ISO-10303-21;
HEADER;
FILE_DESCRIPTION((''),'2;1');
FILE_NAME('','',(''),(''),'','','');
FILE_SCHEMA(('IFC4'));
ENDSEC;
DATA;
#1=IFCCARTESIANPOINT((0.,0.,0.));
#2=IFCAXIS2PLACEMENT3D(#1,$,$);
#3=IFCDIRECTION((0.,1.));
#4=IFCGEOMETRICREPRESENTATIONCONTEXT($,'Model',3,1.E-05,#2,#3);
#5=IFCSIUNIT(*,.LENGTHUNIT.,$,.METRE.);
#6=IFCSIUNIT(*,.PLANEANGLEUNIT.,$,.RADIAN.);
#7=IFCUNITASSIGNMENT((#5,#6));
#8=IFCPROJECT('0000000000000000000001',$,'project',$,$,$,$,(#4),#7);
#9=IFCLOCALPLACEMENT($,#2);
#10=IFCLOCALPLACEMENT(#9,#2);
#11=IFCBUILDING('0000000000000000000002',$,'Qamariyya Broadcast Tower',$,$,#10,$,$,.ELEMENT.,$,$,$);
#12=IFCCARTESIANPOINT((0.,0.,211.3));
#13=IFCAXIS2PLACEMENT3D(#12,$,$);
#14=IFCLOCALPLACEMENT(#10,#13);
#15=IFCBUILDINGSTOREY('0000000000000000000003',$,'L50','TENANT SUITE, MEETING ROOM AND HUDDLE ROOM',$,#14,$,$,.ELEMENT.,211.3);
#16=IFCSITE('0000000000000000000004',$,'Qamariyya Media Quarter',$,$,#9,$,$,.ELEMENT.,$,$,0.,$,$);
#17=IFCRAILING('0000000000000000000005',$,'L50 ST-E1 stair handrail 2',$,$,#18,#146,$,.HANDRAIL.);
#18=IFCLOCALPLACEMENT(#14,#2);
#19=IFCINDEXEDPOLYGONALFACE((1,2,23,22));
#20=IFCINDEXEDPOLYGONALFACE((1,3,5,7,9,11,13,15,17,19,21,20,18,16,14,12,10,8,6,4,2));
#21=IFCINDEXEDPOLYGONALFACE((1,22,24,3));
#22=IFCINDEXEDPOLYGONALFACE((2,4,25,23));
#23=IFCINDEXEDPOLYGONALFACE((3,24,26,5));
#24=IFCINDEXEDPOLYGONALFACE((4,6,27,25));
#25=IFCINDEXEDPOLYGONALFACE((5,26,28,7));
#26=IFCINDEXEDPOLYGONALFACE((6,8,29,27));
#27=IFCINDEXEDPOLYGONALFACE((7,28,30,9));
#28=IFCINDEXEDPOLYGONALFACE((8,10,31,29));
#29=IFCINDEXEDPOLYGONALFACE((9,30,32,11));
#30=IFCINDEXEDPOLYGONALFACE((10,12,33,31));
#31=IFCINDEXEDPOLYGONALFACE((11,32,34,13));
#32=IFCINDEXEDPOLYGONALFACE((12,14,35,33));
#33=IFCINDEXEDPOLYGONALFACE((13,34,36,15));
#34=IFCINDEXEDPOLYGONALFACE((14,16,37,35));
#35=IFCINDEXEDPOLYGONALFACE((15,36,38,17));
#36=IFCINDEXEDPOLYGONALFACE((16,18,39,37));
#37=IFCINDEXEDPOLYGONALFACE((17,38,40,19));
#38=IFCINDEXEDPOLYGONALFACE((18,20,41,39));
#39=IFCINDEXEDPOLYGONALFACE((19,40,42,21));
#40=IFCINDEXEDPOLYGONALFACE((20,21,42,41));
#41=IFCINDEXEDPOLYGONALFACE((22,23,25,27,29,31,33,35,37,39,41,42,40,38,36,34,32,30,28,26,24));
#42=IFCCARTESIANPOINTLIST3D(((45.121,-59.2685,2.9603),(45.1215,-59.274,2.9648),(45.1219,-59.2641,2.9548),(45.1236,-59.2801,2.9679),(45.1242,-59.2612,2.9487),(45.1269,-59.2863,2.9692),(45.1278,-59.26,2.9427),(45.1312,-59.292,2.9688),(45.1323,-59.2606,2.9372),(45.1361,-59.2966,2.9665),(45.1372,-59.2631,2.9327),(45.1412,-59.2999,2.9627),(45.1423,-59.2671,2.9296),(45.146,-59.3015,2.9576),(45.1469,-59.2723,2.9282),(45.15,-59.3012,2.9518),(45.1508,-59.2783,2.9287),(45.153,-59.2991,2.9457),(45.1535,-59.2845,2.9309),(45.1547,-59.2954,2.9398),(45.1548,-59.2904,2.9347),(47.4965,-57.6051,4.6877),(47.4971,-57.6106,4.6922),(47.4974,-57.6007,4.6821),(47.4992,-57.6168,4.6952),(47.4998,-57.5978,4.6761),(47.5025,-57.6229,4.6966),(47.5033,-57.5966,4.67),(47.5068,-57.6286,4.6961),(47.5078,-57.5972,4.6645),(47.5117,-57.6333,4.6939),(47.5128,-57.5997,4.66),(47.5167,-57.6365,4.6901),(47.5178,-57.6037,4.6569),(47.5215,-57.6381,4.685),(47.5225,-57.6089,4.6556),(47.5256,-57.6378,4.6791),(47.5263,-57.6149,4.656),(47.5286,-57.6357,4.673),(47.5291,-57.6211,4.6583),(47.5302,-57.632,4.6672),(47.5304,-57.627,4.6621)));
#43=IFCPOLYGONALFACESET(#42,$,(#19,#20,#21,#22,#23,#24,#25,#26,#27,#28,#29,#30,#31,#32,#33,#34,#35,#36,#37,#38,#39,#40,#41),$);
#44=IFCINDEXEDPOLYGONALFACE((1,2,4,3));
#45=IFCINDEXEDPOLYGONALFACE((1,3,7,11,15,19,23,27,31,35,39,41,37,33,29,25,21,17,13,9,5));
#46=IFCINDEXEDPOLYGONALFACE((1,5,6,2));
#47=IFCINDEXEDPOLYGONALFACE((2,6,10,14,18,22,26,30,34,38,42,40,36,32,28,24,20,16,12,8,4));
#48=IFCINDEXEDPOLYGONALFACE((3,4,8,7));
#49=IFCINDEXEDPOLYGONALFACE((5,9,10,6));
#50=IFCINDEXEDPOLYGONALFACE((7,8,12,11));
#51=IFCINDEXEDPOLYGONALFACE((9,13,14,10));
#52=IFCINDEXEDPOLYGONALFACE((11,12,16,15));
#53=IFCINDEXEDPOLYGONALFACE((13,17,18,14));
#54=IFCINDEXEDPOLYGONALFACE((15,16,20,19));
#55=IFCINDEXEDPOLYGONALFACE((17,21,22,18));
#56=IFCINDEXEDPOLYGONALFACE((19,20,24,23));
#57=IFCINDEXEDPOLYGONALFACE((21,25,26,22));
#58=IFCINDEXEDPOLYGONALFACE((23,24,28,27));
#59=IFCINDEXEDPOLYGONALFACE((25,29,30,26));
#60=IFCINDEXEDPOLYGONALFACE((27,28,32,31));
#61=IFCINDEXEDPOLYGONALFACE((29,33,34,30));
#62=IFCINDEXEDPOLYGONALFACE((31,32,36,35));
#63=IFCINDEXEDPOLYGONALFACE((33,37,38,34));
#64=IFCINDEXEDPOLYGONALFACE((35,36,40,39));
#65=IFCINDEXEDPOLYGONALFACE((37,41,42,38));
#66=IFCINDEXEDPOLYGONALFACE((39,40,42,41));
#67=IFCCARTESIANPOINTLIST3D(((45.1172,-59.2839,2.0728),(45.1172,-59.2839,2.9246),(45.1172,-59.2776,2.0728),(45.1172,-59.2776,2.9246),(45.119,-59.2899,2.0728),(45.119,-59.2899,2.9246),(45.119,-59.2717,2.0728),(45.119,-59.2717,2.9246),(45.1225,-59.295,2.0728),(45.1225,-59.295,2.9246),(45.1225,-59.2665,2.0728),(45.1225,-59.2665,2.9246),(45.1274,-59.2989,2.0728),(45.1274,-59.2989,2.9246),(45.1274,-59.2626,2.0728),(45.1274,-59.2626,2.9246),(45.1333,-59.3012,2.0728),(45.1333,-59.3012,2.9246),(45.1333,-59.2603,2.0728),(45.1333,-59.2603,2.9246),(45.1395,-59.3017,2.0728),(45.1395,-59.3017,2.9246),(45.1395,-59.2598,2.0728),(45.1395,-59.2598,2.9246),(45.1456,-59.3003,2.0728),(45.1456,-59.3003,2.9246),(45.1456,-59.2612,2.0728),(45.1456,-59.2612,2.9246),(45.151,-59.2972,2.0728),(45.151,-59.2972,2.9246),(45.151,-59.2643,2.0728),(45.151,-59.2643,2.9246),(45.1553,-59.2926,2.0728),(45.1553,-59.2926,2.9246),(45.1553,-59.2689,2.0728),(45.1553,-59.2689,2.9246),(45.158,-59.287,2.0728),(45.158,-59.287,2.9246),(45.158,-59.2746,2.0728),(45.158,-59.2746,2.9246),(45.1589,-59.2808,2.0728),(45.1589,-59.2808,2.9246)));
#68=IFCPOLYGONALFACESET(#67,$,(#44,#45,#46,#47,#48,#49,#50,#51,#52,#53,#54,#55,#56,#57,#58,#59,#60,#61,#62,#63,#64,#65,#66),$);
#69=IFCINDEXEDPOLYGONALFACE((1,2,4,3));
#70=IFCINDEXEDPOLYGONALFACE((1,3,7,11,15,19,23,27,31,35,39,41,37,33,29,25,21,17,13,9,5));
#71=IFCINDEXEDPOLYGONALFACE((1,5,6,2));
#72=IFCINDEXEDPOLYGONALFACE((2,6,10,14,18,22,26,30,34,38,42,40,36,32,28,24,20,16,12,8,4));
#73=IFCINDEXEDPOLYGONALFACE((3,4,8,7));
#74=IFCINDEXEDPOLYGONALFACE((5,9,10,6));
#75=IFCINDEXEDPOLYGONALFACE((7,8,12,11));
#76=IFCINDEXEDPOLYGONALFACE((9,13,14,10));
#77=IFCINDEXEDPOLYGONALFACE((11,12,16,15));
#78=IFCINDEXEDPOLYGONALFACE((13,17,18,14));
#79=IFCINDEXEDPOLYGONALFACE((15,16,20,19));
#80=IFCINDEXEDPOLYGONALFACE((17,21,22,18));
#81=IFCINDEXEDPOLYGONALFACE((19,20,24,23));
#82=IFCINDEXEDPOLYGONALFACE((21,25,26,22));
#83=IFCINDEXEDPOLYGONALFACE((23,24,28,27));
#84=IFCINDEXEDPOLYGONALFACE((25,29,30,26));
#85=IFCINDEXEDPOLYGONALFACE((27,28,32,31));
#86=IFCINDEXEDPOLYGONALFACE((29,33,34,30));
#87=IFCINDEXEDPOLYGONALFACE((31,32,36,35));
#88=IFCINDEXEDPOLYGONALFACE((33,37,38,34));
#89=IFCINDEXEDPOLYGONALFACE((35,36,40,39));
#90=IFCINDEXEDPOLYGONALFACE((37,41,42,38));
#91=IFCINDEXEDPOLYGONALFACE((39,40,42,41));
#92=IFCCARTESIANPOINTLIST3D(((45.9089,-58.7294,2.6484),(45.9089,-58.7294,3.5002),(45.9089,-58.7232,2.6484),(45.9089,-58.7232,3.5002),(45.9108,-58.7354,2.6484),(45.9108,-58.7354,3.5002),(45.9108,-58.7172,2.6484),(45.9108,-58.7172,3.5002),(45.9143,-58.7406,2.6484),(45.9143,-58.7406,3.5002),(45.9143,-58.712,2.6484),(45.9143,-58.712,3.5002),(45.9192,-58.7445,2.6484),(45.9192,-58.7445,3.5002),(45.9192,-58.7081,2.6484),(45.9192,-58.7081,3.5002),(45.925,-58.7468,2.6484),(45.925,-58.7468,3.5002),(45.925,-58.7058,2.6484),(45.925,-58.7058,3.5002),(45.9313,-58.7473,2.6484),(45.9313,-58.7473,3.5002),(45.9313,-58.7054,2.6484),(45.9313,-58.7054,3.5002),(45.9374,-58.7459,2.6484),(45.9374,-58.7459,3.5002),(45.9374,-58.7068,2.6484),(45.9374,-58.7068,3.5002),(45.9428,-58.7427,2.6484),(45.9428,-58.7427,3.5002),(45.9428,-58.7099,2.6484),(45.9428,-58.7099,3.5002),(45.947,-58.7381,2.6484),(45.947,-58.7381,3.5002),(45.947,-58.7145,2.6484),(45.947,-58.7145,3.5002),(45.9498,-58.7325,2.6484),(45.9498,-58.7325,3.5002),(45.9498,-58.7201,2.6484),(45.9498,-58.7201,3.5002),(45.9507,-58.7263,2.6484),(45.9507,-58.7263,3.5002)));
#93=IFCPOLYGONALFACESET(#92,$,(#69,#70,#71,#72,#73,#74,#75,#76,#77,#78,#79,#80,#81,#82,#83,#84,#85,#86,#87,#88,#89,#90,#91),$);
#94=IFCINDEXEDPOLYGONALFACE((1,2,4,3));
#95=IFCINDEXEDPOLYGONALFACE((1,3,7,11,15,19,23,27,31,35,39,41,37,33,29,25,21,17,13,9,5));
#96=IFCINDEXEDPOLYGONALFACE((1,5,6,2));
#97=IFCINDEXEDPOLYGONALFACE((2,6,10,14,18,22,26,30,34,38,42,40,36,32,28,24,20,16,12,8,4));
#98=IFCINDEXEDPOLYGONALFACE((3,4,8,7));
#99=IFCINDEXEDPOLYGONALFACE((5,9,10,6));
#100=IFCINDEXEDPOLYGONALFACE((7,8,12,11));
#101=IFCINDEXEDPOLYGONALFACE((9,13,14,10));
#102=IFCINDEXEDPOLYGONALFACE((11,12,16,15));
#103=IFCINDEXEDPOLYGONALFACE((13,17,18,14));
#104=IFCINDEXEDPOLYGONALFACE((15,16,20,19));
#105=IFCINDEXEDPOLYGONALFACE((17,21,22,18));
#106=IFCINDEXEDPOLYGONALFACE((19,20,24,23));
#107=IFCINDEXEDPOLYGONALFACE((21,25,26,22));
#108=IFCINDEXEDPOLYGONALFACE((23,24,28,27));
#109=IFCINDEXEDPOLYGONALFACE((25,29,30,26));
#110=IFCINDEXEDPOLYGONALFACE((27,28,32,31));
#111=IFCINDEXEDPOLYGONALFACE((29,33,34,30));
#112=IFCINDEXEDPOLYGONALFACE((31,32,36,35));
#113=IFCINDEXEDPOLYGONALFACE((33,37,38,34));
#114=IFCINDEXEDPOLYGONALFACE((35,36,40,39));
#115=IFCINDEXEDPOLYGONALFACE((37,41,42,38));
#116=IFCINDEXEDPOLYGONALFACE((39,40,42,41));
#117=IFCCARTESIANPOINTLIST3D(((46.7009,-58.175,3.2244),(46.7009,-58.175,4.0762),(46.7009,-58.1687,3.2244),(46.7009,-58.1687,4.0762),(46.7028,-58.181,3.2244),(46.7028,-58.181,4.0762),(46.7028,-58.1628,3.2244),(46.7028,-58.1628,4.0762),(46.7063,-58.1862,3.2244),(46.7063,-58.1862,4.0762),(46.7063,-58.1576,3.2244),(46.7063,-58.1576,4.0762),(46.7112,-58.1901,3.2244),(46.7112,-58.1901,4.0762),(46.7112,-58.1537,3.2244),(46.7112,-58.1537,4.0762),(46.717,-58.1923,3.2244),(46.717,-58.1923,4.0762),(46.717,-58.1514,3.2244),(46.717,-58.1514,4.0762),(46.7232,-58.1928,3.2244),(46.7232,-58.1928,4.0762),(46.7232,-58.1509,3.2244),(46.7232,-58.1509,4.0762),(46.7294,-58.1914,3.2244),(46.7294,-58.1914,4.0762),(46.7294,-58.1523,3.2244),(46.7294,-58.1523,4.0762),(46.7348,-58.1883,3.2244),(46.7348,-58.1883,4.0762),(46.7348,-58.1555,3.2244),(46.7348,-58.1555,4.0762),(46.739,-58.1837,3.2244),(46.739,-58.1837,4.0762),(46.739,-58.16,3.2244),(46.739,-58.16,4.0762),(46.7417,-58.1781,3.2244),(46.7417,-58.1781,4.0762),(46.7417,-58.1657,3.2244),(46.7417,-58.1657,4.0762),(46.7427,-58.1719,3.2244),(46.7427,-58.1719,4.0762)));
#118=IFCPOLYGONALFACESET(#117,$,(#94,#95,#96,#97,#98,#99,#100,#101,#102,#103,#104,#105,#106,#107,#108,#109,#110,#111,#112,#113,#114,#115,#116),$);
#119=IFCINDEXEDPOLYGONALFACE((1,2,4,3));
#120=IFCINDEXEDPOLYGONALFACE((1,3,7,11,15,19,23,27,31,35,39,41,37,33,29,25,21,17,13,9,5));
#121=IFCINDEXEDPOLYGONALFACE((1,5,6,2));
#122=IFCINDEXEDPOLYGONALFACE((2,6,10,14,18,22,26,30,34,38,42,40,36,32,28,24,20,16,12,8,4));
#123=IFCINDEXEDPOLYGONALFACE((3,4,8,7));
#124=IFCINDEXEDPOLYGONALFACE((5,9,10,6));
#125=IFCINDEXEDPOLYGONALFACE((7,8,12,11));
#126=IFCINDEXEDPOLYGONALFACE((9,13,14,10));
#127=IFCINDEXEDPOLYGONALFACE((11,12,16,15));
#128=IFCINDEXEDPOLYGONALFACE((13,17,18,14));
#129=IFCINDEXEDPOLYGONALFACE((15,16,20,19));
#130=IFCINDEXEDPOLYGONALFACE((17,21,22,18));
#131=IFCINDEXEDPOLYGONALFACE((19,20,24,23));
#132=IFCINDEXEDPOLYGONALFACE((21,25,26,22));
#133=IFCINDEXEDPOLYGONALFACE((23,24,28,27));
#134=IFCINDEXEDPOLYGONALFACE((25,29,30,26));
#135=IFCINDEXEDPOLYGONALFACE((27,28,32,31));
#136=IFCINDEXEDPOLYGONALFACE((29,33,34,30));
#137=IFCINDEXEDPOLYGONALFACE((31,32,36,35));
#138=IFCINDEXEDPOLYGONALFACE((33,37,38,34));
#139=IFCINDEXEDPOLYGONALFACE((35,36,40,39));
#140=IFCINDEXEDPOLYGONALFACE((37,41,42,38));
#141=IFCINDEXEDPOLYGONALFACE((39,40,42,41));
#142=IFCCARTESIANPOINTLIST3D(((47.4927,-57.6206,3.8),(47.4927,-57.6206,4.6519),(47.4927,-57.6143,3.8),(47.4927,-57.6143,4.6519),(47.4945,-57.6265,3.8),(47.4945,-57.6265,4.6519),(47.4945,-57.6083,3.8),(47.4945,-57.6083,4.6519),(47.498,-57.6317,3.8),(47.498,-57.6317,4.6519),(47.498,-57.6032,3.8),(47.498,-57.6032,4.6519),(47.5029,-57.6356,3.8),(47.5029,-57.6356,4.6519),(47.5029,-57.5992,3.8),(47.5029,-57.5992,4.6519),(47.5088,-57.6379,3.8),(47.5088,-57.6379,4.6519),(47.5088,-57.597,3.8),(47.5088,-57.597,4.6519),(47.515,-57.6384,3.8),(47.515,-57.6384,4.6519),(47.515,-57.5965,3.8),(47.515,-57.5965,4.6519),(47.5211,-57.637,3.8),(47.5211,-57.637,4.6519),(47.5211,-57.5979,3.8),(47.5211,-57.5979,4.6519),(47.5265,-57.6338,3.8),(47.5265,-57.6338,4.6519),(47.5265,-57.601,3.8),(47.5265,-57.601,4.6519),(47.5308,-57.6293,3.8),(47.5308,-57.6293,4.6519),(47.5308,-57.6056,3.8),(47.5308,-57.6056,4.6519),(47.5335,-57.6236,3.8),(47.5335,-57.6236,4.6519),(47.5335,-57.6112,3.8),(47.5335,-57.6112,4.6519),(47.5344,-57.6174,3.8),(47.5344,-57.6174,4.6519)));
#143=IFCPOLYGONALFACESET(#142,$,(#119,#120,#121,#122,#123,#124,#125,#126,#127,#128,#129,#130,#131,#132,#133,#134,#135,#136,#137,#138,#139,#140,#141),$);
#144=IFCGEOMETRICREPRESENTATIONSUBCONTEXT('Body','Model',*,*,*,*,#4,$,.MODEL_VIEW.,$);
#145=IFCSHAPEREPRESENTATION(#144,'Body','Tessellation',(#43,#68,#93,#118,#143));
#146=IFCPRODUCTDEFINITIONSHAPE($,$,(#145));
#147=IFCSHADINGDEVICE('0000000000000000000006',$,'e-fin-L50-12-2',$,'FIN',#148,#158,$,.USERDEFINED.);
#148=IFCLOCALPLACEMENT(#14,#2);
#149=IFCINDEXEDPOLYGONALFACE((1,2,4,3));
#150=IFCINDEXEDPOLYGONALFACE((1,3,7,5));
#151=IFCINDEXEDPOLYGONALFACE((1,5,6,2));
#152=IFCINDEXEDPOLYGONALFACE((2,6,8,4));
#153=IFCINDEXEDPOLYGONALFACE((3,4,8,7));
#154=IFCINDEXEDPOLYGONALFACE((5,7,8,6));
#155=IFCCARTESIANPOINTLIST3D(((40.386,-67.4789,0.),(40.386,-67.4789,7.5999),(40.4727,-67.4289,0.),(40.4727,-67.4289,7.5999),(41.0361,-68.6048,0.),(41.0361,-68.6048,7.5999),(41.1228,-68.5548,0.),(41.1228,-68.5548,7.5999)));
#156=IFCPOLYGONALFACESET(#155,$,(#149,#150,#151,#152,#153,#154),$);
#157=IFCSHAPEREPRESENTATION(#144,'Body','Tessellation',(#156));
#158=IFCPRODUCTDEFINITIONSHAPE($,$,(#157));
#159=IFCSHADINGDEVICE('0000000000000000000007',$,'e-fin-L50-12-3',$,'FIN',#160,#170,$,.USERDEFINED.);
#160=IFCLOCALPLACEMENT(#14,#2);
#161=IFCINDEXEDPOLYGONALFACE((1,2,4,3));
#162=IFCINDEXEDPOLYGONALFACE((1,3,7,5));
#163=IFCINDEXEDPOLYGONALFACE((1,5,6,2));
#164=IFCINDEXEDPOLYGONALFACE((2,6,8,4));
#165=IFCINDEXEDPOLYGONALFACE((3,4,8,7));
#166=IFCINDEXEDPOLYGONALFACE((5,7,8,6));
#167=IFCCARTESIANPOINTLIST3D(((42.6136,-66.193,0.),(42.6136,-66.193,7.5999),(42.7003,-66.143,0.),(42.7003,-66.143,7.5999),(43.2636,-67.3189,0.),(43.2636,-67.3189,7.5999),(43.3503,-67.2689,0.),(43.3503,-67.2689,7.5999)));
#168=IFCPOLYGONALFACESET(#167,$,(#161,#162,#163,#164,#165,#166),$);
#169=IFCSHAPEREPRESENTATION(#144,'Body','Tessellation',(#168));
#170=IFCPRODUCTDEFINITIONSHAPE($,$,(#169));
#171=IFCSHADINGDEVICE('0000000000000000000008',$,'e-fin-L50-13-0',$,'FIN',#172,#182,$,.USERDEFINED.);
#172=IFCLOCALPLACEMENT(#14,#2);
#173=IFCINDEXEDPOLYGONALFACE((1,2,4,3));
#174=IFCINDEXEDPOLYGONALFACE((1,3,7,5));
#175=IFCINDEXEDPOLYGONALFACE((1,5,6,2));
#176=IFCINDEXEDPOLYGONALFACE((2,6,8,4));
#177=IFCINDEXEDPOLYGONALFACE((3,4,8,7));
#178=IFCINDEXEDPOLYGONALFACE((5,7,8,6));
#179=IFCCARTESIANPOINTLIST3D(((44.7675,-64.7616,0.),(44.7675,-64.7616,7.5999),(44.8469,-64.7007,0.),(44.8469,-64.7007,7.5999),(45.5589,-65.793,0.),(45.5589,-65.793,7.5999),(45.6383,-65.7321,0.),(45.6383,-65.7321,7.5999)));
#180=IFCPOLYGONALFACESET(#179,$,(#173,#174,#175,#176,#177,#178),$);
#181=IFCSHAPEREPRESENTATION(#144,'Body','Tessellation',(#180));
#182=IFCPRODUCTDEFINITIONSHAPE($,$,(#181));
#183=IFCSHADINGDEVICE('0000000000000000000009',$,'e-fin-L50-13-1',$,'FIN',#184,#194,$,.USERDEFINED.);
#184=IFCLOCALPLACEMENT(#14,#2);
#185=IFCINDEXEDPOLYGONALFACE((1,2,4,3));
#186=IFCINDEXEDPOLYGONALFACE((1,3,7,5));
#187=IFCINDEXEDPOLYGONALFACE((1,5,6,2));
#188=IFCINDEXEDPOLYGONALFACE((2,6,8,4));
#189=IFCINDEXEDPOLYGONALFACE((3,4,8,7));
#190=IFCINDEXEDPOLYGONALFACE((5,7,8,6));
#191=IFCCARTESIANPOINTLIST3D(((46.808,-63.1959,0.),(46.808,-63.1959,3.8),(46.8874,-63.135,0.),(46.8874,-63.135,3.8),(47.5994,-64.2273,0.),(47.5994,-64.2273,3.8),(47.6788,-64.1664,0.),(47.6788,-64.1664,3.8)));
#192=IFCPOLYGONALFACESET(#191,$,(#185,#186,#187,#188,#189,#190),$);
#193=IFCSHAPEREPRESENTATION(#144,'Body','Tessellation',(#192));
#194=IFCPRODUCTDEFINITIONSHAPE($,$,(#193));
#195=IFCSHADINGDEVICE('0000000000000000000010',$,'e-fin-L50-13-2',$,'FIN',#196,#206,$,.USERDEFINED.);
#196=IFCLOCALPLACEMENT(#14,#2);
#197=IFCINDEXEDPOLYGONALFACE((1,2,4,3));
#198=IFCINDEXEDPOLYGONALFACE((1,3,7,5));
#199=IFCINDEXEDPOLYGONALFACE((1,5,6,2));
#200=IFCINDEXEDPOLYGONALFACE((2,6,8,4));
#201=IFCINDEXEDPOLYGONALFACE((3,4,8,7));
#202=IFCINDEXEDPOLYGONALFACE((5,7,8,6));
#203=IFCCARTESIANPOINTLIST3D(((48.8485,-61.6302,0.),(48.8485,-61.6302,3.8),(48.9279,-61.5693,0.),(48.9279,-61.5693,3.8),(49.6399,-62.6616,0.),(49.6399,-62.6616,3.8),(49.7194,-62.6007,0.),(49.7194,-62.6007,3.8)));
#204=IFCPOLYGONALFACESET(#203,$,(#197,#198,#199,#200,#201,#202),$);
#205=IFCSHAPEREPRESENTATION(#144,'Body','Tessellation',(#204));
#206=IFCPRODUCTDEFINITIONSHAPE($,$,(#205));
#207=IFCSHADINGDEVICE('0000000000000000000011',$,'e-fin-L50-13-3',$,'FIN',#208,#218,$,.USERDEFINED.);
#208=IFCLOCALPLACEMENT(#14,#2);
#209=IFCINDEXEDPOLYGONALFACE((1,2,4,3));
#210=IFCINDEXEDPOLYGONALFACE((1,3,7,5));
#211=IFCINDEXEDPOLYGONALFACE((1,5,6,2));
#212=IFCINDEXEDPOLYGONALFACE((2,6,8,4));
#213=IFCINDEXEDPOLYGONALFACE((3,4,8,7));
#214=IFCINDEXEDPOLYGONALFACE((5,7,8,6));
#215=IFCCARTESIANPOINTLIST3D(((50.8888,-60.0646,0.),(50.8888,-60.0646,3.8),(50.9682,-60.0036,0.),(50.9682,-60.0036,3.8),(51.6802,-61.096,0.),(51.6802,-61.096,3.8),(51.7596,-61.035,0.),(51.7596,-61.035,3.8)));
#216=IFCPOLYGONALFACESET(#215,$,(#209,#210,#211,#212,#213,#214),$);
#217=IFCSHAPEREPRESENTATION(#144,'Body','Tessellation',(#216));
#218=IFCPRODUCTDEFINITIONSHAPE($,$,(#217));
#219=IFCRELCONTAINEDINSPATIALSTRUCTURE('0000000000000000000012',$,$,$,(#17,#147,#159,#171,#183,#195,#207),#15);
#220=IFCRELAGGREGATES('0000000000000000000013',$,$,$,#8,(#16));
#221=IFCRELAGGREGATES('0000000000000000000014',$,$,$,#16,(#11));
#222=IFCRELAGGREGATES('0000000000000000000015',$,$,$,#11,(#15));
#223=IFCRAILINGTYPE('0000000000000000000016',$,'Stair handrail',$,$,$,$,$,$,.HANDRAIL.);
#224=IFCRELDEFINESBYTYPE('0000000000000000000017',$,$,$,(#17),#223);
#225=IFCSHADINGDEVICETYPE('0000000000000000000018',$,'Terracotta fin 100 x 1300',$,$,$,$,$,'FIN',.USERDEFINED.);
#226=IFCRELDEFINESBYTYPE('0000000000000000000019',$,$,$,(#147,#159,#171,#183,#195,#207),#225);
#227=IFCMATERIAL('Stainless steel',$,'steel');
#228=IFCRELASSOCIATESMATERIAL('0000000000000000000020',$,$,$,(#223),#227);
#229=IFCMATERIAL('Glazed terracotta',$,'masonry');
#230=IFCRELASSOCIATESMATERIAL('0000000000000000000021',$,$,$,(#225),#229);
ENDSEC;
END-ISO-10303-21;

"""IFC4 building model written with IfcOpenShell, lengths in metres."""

from ifc_helpers import new_model, si_unit, direction, frame, origin, origin_2d, place, context, subcontext, project, spatial, rectangle, circle, extrude, material, material_profile, profile_set, type_object, element, save


model = new_model("IFC4")

# Units and contexts
model_context = context("Model", 3, precision=1e-05, world=origin(), true_north=direction((0.0, 1.0)))
body_context = subcontext(model_context, "Body", "Model", "MODEL_VIEW")
ifc_project = project(units=[si_unit("LENGTHUNIT", "METRE"), si_unit("PLANEANGLEUNIT", "RADIAN")], contexts=[model_context])

# Site, building, storey
site_placement = place(None, origin())
site = spatial("IfcSite", under=ifc_project, at=site_placement, Name="Qamariyya Media Quarter", CompositionType="ELEMENT", RefElevation=0.0)
building_placement = place(site_placement, origin())
building = spatial("IfcBuilding", under=site, at=building_placement, Name="Qamariyya Broadcast Tower", CompositionType="ELEMENT")
storey_placement = place(building_placement, frame((0.0, 0.0, 211.3)))
storey = spatial("IfcBuildingStorey", under=building, at=storey_placement, Name="L50", Description="TENANT SUITE, MEETING ROOM AND HUDDLE ROOM", CompositionType="ELEMENT", Elevation=211.3)

# Railing
ifc_material_1 = material(Name="Stainless steel", Category="steel")
railing_type_1 = type_object("IfcRailingType", Name="Stair handrail", PredefinedType="HANDRAIL", material=ifc_material_1)
railing_1_placement = place(storey_placement, frame((45.1379, -59.2808, 2.0728)))
element("IfcRailing", 1, at=railing_1_placement, inside=storey, type_object=railing_type_1, Name="L50 ST-E1 stair handrail 2", PredefinedType="HANDRAIL", context=body_context, shape_type="SweptSolid", body=[
    extrude(circle(Radius=0.0239, at=origin_2d()), frame((0.0, 0.0, 0.876), z_axis=(0.70377, 0.492784, 0.511734), x_axis=(-0.573575, 0.819153, 0.0)), (0.0, 0.0, 1.0), 3.3755),
    extrude(circle(Radius=0.021, at=origin_2d()), origin(), (0.0, 0.0, 1.0), 0.8518),
    extrude(circle(Radius=0.021, at=origin_2d()), frame((0.7917, 0.5544, 0.5757)), (0.0, 0.0, 1.0), 0.8518),
    extrude(circle(Radius=0.021, at=origin_2d()), frame((1.5837, 1.1089, 1.1516)), (0.0, 0.0, 1.0), 0.8518),
    extrude(circle(Radius=0.021, at=origin_2d()), frame((2.3755, 1.6633, 1.7273)), (0.0, 0.0, 1.0), 0.8518),
])

# Shading devices
ifc_material_2 = material(Name="Glazed terracotta", Category="masonry")
ifc_material_profile_1 = material_profile(ifc_material_2, rectangle(XDim=1.3, YDim=0.1001, at=origin_2d()))
ifc_profile_set_1 = profile_set([ifc_material_profile_1], Name="Glazed terracotta")
shading_device_type_1 = type_object("IfcShadingDeviceType", Name="Terracotta fin 100 x 1300", ElementType="FIN", PredefinedType="USERDEFINED", material=ifc_profile_set_1)
for number, where, z_axis, x_axis, name in (
    (2, (40.7544, -68.0168, 0.0), (0.0, 0.0, 1.0), (0.5, -0.866025, 0.0), "e-fin-L50-12-2"),
    (3, (42.9819, -66.731, 0.0), (0.0, 0.0, 1.0), (0.5, -0.866025, 0.0), "e-fin-L50-12-3"),
    (4, (45.2029, -65.2468, 0.0), (0.0, 0.0, 1.0), (0.608761, -0.793353, 0.0), "e-fin-L50-13-0"),
):
    element("IfcShadingDevice", number, at=place(storey_placement, frame(where, z_axis=z_axis, x_axis=x_axis)), inside=storey, type_object=shading_device_type_1, Name=name, ObjectType="FIN", PredefinedType="USERDEFINED", context=body_context, shape_type="SweptSolid", body=[
        extrude(rectangle(XDim=1.3, YDim=0.1001, at=origin_2d()), origin(), (0.0, 0.0, 1.0), 7.5999),
    ])
for number, where, z_axis, x_axis, name in (
    (5, (47.2434, -63.6812, 0.0), (0.0, 0.0, 1.0), (0.608761, -0.793353, 0.0), "e-fin-L50-13-1"),
    (6, (49.2839, -62.1155, 0.0), (0.0, 0.0, 1.0), (0.608761, -0.793353, 0.0), "e-fin-L50-13-2"),
    (7, (51.3242, -60.5498, 0.0), (0.0, 0.0, 1.0), (0.608761, -0.793353, 0.0), "e-fin-L50-13-3"),
):
    element("IfcShadingDevice", number, at=place(storey_placement, frame(where, z_axis=z_axis, x_axis=x_axis)), inside=storey, type_object=shading_device_type_1, Name=name, ObjectType="FIN", PredefinedType="USERDEFINED", context=body_context, shape_type="SweptSolid", body=[
        extrude(rectangle(XDim=1.3, YDim=0.1001, at=origin_2d()), origin(), (0.0, 0.0, 1.0), 3.8),
    ])

save(model, "model.ifc")
